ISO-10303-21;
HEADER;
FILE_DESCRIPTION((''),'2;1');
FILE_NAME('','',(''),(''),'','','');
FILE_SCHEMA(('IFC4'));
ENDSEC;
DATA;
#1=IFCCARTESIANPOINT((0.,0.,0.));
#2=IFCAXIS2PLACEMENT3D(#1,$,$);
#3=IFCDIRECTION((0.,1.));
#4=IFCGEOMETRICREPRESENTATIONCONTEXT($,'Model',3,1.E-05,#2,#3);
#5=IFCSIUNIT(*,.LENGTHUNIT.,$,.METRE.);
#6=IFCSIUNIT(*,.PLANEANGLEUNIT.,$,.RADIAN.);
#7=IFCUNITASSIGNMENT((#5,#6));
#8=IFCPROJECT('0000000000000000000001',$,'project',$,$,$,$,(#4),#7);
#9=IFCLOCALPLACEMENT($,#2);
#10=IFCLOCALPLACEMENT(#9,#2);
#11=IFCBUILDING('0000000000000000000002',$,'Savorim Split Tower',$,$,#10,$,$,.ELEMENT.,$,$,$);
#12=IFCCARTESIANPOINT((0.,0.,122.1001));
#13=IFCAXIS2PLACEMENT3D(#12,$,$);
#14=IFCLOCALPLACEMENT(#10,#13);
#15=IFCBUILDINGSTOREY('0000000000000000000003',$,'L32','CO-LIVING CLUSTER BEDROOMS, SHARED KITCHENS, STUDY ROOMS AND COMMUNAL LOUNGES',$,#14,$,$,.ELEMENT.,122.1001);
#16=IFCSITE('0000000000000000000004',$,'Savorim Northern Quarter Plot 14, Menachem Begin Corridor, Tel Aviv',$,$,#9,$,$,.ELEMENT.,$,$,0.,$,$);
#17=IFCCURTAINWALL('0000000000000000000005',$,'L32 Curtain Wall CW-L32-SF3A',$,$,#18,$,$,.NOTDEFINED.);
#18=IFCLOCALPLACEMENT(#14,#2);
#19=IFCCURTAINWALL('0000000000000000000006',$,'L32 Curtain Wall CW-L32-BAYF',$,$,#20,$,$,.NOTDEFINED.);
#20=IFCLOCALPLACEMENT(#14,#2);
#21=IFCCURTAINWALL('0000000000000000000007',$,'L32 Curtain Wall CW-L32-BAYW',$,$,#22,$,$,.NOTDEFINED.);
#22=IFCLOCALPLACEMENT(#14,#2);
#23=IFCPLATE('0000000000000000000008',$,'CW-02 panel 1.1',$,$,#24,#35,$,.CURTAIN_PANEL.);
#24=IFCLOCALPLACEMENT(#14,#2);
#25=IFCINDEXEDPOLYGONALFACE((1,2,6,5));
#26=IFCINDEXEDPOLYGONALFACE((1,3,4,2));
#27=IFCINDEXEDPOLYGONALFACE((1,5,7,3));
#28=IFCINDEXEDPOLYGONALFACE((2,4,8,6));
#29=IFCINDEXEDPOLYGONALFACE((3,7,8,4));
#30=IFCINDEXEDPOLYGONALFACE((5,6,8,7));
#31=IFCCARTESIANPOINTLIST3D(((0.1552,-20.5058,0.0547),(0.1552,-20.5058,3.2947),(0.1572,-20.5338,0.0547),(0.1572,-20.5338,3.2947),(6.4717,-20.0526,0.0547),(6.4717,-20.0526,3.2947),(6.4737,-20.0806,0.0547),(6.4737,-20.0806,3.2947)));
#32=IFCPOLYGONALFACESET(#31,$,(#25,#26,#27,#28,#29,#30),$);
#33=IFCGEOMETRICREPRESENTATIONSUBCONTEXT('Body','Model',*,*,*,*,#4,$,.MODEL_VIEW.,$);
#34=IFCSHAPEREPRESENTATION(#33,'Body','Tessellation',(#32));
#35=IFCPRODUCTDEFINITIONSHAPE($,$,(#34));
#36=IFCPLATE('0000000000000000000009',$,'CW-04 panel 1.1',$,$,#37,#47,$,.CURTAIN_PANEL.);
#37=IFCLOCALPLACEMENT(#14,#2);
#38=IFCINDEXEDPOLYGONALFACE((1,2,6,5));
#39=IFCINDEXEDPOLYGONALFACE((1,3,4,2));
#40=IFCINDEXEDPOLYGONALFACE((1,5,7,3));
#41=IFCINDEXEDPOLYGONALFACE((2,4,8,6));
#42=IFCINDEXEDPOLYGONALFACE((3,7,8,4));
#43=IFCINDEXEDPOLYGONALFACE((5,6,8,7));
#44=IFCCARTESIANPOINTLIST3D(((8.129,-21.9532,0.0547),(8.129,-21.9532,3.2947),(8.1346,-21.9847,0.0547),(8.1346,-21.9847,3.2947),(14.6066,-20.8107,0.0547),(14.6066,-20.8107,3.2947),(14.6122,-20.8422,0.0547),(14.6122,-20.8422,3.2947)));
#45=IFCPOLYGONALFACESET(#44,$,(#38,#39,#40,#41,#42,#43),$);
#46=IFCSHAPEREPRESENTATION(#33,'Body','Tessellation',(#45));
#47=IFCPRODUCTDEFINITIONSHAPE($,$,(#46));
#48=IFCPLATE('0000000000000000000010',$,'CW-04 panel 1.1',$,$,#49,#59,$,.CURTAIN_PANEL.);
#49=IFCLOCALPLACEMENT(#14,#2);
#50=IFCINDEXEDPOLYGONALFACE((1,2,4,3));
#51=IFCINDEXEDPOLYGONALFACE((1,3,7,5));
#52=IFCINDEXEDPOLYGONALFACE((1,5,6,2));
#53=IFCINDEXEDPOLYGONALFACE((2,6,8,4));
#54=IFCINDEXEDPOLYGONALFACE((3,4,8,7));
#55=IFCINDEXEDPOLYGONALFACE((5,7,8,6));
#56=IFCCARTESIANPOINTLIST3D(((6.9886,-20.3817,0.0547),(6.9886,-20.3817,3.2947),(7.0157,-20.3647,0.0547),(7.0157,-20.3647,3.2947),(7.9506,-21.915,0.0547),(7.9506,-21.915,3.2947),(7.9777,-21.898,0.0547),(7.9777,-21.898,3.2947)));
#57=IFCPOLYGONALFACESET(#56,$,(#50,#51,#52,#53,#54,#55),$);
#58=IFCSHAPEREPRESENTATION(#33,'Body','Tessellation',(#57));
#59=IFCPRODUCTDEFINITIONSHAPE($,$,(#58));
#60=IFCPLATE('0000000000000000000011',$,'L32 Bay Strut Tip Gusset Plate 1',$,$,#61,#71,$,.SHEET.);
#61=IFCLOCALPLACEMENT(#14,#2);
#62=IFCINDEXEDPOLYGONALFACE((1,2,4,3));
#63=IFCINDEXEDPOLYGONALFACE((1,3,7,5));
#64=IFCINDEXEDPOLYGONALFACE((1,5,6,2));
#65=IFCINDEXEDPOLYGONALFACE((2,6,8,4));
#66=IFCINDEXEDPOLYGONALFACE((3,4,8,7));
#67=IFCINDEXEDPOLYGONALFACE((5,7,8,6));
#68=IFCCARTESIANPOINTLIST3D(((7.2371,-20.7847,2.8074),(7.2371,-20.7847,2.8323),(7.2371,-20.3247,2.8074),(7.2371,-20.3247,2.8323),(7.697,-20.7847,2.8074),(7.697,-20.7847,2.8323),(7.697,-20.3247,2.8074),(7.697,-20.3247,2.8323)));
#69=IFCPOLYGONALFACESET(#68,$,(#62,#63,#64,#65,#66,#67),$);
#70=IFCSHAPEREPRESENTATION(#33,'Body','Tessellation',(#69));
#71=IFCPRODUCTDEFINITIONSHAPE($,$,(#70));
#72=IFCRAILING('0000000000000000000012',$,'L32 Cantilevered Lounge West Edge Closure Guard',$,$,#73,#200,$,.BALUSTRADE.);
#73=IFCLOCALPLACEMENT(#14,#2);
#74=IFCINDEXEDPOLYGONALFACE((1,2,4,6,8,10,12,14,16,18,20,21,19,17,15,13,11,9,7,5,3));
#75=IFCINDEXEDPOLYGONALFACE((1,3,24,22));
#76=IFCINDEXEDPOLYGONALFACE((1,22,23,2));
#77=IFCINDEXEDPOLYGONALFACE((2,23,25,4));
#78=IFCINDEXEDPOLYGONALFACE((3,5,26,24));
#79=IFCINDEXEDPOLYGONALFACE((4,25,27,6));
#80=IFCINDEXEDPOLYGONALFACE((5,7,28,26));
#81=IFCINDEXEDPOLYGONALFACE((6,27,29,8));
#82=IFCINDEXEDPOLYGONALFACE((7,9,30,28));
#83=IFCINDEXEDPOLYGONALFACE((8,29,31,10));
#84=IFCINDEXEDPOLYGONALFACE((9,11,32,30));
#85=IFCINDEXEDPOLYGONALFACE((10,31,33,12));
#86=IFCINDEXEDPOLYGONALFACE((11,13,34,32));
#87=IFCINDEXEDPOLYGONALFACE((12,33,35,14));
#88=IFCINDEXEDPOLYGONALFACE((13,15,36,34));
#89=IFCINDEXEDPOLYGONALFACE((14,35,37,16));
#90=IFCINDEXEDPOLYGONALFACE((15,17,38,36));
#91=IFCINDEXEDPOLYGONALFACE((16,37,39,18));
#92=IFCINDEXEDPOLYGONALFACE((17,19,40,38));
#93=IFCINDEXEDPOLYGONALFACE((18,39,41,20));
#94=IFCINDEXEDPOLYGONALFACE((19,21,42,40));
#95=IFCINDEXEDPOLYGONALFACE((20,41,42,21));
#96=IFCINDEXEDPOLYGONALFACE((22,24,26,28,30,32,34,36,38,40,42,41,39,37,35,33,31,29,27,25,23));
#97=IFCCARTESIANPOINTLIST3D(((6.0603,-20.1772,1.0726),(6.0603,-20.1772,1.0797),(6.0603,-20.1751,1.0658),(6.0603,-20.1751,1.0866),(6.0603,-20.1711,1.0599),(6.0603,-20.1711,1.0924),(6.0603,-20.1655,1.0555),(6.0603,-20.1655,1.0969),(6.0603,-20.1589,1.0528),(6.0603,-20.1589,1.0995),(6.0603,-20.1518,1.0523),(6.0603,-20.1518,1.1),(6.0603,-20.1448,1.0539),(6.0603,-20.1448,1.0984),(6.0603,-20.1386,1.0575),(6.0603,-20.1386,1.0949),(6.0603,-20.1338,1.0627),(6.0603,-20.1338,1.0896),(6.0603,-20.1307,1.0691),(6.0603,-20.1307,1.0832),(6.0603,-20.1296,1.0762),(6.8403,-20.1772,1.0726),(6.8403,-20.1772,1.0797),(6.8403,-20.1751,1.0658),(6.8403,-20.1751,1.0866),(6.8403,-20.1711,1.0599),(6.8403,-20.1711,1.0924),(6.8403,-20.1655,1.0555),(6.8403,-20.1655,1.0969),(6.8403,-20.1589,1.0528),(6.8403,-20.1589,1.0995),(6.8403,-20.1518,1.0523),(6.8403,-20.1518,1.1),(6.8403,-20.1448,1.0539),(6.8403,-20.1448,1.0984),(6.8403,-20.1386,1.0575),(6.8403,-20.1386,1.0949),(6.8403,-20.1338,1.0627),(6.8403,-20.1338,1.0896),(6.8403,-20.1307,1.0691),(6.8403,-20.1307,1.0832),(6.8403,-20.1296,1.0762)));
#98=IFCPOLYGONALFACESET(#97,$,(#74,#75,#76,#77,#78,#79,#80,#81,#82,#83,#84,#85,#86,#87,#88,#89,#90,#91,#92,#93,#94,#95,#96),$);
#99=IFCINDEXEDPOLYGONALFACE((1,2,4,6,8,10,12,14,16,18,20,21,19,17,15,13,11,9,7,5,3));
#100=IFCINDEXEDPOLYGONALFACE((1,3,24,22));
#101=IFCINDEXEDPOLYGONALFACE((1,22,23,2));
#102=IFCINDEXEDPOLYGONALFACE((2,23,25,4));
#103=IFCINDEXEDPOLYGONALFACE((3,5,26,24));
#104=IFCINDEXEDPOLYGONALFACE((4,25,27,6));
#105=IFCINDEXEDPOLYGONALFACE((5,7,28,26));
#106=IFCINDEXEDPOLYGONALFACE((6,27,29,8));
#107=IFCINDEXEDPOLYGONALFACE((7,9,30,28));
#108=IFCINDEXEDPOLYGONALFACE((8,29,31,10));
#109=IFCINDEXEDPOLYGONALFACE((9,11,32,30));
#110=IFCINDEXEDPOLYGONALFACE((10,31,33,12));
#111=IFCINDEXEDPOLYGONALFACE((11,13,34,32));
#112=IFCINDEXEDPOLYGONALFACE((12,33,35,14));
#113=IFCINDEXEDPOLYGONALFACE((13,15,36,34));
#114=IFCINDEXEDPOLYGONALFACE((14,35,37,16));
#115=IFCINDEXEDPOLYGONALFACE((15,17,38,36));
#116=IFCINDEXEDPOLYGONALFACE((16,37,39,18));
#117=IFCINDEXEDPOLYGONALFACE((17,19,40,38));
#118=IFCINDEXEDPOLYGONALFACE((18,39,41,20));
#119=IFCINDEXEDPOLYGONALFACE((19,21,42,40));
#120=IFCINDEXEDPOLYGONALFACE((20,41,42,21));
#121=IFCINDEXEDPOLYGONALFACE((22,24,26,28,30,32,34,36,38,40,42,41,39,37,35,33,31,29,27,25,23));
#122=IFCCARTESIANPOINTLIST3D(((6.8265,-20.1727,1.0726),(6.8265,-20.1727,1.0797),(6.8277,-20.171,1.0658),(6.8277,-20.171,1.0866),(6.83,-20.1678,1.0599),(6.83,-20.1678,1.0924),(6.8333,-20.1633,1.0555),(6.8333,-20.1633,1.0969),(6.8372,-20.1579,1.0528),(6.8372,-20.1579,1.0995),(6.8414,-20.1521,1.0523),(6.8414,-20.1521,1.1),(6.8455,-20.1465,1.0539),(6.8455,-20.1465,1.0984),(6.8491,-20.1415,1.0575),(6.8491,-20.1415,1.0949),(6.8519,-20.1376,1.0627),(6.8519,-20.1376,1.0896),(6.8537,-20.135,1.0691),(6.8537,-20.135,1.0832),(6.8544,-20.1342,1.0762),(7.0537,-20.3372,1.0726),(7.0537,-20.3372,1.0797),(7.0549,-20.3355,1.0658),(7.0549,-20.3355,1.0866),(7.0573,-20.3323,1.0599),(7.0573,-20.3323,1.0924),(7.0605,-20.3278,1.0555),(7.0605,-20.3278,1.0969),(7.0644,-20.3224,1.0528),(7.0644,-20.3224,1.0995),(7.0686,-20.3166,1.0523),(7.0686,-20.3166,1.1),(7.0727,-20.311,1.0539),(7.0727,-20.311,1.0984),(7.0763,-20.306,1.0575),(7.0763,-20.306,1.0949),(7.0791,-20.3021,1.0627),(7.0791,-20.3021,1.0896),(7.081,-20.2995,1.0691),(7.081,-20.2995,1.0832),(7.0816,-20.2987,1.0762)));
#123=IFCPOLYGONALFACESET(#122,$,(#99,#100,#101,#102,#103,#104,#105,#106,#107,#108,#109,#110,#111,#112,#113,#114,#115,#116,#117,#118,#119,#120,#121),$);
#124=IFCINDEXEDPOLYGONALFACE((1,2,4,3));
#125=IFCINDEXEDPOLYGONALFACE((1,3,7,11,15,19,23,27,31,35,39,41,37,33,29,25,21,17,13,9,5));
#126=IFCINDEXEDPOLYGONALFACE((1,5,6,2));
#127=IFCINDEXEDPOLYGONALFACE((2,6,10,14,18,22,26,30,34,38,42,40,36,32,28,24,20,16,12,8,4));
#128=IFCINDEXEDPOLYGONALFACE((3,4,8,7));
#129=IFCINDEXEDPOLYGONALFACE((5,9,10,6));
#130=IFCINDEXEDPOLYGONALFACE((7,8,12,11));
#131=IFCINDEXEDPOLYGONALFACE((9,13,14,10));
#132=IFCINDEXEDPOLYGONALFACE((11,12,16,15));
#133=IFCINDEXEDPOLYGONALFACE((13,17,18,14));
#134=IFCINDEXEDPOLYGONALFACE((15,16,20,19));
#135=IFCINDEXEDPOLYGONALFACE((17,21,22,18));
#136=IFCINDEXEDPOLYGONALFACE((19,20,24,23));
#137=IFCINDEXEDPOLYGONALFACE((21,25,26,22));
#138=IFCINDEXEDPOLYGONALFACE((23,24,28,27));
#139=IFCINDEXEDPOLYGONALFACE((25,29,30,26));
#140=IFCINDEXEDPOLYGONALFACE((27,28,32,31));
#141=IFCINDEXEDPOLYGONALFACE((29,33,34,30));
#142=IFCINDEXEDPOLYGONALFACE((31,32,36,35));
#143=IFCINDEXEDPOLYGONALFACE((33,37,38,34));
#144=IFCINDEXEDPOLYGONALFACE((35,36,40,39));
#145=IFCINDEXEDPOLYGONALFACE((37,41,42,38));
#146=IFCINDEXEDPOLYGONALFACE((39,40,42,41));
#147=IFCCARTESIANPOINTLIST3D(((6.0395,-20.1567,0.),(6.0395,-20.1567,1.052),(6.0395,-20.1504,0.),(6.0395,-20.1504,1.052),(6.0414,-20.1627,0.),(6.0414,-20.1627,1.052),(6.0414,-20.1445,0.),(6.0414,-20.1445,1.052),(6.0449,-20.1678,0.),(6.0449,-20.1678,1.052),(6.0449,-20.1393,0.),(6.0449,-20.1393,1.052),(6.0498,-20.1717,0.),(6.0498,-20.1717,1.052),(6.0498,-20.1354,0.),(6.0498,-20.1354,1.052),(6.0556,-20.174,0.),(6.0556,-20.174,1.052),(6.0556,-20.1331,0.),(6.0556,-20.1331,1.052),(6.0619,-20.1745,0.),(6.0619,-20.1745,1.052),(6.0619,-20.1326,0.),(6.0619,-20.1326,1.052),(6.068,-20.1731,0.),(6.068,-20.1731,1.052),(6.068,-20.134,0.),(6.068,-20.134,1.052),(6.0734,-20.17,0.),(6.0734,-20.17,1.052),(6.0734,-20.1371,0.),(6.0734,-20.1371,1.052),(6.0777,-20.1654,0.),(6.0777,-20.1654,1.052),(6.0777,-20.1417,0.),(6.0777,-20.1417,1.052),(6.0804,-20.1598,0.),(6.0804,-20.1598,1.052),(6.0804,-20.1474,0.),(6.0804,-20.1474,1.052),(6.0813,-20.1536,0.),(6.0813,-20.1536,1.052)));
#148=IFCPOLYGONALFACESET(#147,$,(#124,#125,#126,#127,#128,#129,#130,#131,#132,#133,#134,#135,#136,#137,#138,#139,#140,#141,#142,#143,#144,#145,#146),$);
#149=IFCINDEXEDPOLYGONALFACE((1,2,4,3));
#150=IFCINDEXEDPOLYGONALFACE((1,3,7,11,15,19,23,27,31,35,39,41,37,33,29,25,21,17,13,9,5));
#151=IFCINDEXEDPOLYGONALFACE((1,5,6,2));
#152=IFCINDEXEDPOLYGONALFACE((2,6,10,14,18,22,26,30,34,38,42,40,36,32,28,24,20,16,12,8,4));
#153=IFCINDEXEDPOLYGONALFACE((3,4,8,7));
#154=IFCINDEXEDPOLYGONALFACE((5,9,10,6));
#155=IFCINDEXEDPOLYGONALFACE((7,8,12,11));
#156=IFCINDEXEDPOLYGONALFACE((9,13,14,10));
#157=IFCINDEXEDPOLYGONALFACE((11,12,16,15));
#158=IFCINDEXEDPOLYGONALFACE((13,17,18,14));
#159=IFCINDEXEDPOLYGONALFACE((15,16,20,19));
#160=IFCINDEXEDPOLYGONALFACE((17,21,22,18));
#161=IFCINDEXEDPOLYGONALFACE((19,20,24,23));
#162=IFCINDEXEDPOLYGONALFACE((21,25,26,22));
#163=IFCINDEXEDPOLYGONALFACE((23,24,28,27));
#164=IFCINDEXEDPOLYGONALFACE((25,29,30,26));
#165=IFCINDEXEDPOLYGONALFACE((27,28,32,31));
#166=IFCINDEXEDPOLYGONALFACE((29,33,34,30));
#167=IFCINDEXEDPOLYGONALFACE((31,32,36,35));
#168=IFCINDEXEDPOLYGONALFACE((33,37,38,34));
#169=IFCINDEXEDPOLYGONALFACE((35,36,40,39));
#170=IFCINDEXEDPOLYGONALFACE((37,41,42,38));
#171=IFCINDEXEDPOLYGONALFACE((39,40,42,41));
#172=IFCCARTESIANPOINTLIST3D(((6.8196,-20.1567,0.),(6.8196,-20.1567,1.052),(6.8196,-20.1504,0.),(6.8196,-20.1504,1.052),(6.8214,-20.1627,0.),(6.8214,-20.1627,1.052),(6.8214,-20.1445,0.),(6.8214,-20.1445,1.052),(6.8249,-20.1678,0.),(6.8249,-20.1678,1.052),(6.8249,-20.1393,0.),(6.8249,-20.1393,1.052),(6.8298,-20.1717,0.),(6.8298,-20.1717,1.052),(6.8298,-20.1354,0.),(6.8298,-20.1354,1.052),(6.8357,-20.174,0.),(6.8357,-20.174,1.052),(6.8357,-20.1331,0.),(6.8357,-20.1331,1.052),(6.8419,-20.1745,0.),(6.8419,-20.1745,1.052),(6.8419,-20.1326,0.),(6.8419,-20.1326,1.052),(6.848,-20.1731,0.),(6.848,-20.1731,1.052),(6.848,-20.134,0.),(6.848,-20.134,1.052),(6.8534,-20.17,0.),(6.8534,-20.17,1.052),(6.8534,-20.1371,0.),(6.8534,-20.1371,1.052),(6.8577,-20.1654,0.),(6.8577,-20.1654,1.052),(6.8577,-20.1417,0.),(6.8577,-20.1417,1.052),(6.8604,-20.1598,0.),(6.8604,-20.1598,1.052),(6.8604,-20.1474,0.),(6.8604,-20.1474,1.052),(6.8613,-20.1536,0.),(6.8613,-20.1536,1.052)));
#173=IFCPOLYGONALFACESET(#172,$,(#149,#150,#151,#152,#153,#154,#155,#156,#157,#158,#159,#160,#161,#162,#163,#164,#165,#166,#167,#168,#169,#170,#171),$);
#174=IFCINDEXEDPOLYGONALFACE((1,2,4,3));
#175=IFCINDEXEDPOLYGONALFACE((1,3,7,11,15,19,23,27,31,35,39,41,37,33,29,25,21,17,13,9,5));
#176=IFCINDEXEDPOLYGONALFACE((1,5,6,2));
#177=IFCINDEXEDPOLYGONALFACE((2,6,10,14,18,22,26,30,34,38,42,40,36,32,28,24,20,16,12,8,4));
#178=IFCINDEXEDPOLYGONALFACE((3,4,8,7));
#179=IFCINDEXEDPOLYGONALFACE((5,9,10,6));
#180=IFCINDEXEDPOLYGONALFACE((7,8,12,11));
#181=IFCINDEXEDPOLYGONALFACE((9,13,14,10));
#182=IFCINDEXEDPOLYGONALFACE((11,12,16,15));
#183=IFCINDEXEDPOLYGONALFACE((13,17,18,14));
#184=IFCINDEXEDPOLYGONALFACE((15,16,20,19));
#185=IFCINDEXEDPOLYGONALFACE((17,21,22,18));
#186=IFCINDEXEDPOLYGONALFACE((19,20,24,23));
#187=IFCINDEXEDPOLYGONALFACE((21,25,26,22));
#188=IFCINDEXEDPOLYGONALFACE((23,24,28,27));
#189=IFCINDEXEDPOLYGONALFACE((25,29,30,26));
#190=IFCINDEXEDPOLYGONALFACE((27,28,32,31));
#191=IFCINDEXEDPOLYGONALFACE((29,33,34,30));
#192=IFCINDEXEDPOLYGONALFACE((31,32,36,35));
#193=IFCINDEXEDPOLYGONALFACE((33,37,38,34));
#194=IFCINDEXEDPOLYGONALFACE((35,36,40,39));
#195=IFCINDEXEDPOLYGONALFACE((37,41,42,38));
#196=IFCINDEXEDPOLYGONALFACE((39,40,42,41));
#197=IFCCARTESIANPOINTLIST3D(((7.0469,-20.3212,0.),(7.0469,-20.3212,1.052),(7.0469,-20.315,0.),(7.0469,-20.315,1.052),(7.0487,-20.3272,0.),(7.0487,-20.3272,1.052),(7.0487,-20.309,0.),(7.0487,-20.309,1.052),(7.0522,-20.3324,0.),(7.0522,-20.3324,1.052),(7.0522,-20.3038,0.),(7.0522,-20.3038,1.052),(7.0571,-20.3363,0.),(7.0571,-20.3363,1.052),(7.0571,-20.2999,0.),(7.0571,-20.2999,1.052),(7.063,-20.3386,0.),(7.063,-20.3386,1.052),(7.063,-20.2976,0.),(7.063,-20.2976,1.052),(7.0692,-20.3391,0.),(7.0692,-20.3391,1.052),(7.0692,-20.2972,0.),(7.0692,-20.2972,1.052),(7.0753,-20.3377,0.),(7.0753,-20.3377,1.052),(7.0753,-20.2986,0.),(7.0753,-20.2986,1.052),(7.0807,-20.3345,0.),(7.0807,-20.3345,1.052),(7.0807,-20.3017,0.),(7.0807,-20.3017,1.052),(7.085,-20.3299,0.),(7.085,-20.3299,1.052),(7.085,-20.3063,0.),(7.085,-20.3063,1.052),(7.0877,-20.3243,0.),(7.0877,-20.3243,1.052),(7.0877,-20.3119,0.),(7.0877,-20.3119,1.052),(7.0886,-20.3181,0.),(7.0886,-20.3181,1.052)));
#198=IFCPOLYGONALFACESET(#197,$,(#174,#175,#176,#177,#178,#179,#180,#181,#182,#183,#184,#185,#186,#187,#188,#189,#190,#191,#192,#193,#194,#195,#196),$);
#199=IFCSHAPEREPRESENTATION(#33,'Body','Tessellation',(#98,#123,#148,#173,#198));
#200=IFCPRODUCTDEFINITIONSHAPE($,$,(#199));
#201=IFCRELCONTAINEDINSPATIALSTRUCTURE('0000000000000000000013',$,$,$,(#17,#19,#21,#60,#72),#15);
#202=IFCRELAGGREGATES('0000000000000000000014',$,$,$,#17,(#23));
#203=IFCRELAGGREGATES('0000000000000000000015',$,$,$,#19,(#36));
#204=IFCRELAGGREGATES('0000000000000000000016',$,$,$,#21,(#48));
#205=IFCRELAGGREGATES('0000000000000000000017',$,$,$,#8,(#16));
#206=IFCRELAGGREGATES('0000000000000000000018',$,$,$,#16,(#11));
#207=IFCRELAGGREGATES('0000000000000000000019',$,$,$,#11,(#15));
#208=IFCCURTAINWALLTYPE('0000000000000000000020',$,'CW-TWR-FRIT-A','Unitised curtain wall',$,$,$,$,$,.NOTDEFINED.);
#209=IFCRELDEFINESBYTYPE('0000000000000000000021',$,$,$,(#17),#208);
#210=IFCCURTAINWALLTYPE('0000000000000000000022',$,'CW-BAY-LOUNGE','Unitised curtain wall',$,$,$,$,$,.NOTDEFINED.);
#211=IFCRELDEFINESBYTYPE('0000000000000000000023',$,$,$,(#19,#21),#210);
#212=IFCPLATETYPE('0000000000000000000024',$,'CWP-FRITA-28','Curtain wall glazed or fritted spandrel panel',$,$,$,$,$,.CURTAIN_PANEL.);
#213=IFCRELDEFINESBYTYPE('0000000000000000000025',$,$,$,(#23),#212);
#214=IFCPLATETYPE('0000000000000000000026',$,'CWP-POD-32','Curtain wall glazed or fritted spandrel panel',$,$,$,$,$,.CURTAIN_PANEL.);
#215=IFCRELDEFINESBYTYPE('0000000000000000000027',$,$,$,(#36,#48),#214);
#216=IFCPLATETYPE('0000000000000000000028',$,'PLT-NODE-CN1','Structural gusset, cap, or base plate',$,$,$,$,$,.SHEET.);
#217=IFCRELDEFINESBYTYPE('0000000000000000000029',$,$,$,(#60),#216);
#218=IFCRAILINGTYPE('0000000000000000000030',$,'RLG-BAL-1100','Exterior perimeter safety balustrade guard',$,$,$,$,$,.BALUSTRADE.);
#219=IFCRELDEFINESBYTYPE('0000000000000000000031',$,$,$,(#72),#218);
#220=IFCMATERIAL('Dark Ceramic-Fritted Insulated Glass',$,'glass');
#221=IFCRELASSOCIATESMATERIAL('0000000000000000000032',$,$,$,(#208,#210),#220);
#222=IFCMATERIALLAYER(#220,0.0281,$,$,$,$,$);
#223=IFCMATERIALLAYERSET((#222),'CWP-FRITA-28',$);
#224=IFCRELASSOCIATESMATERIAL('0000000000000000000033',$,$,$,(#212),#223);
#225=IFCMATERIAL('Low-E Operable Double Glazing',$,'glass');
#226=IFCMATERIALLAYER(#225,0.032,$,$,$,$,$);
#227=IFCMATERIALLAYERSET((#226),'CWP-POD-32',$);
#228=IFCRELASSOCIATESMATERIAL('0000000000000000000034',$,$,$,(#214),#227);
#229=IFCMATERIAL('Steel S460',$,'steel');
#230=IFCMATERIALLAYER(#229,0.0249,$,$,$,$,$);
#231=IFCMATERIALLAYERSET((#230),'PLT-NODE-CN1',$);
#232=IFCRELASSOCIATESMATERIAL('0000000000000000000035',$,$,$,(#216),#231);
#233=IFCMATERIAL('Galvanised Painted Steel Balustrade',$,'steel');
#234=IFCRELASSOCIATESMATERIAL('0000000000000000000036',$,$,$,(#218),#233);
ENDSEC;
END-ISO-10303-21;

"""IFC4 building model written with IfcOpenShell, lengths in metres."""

from ifc_helpers import new_model, si_unit, direction, frame, origin, origin_2d, place, context, subcontext, project, spatial, rectangle, circle, extrude, material, layer, layer_set, type_object, element, aggregate, save


model = new_model("IFC4")

# Units and contexts
model_context = context("Model", 3, precision=1e-05, world=origin(), true_north=direction((0.0, 1.0)))
body_context = subcontext(model_context, "Body", "Model", "MODEL_VIEW")
ifc_project = project(units=[si_unit("LENGTHUNIT", "METRE"), si_unit("PLANEANGLEUNIT", "RADIAN")], contexts=[model_context])

# Site, building, storey
site_placement = place(None, origin())
site = spatial("IfcSite", under=ifc_project, at=site_placement, Name="Savorim Northern Quarter Plot 14, Menachem Begin Corridor, Tel Aviv", CompositionType="ELEMENT", RefElevation=0.0)
building_placement = place(site_placement, origin())
building = spatial("IfcBuilding", under=site, at=building_placement, Name="Savorim Split Tower", CompositionType="ELEMENT")
storey_placement = place(building_placement, frame((0.0, 0.0, 122.1001)))
storey = spatial("IfcBuildingStorey", under=building, at=storey_placement, Name="L32", Description="CO-LIVING CLUSTER BEDROOMS, SHARED KITCHENS, STUDY ROOMS AND COMMUNAL LOUNGES", CompositionType="ELEMENT", Elevation=122.1001)

# Curtain wall
ifc_material_1 = material(Name="Dark Ceramic-Fritted Insulated Glass", Category="glass")
curtain_wall_type_1 = type_object("IfcCurtainWallType", Name="CW-TWR-FRIT-A", Description="Unitised curtain wall", PredefinedType="NOTDEFINED", material=ifc_material_1)
curtain_wall_1_placement = place(storey_placement, origin())
curtain_wall_1 = element("IfcCurtainWall", 1, at=curtain_wall_1_placement, inside=storey, type_object=curtain_wall_type_1, Name="L32 Curtain Wall CW-L32-SF3A", PredefinedType="NOTDEFINED")

# Curtain wall
curtain_wall_type_2 = type_object("IfcCurtainWallType", Name="CW-BAY-LOUNGE", Description="Unitised curtain wall", PredefinedType="NOTDEFINED", material=ifc_material_1)
curtain_wall_2_placement = place(storey_placement, origin())
curtain_wall_2 = element("IfcCurtainWall", 2, at=curtain_wall_2_placement, inside=storey, type_object=curtain_wall_type_2, Name="L32 Curtain Wall CW-L32-BAYF", PredefinedType="NOTDEFINED")

# Curtain wall
curtain_wall_3_placement = place(storey_placement, origin())
curtain_wall_3 = element("IfcCurtainWall", 3, at=curtain_wall_3_placement, inside=storey, type_object=curtain_wall_type_2, Name="L32 Curtain Wall CW-L32-BAYW", PredefinedType="NOTDEFINED")

# Plates
ifc_layer_1 = layer(ifc_material_1, 0.0281)
ifc_layer_set_1 = layer_set([ifc_layer_1], Name="CWP-FRITA-28")
plate_type_1 = type_object("IfcPlateType", Name="CWP-FRITA-28", Description="Curtain wall glazed or fritted spandrel panel", PredefinedType="CURTAIN_PANEL", material=ifc_layer_set_1)
plate_1_placement = place(storey_placement, frame((3.3145, -20.2932, 0.0547), z_axis=(0.0, 0.0, 1.0), x_axis=(0.997436, 0.071563, 0.0)))
plate_1 = element("IfcPlate", 4, at=plate_1_placement, type_object=plate_type_1, Name="CW-02 panel 1.1", PredefinedType="CURTAIN_PANEL", context=body_context, shape_type="SweptSolid", body=[
    extrude(rectangle(XDim=6.3328, YDim=0.0281, at=origin_2d()), origin(), (0.0, 0.0, 1.0), 3.24),
])
aggregate(curtain_wall_1, [plate_1])
ifc_material_2 = material(Name="Low-E Operable Double Glazing", Category="glass")
ifc_layer_2 = layer(ifc_material_2, 0.032)
ifc_layer_set_2 = layer_set([ifc_layer_2], Name="CWP-POD-32")
plate_type_2 = type_object("IfcPlateType", Name="CWP-POD-32", Description="Curtain wall glazed or fritted spandrel panel", PredefinedType="CURTAIN_PANEL", material=ifc_layer_set_2)
plate_2_placement = place(storey_placement, frame((11.3706, -21.3977, 0.0547), z_axis=(0.0, 0.0, 1.0), x_axis=(0.984798, 0.173703, 0.0)))
plate_2 = element("IfcPlate", 5, at=plate_2_placement, type_object=plate_type_2, Name="CW-04 panel 1.1", PredefinedType="CURTAIN_PANEL", context=body_context, shape_type="SweptSolid", body=[
    extrude(rectangle(XDim=6.5776, YDim=0.032, at=origin_2d()), origin(), (0.0, 0.0, 1.0), 3.24),
])
aggregate(curtain_wall_2, [plate_2])
plate_3_placement = place(storey_placement, frame((7.4832, -21.1399, 0.0547), z_axis=(0.0, 0.0, 1.0), x_axis=(0.531435, -0.847099, 0.0)))
plate_3 = element("IfcPlate", 6, at=plate_3_placement, type_object=plate_type_2, Name="CW-04 panel 1.1", PredefinedType="CURTAIN_PANEL", context=body_context, shape_type="SweptSolid", body=[
    extrude(rectangle(XDim=1.8101, YDim=0.032, at=origin_2d()), origin(), (0.0, 0.0, 1.0), 3.24),
])
aggregate(curtain_wall_3, [plate_3])
ifc_material_3 = material(Name="Steel S460", Category="steel")
ifc_layer_3 = layer(ifc_material_3, 0.0249)
ifc_layer_set_3 = layer_set([ifc_layer_3], Name="PLT-NODE-CN1")
plate_type_3 = type_object("IfcPlateType", Name="PLT-NODE-CN1", Description="Structural gusset, cap, or base plate", PredefinedType="SHEET", material=ifc_layer_set_3)
plate_4_placement = place(storey_placement, frame((7.467, -20.5547, 2.8074), z_axis=(0.0, 0.0, 1.0), x_axis=(1.0, 0.0, 0.0)))
element("IfcPlate", 7, at=plate_4_placement, inside=storey, type_object=plate_type_3, Name="L32 Bay Strut Tip Gusset Plate 1", PredefinedType="SHEET", context=body_context, shape_type="SweptSolid", body=[
    extrude(rectangle(XDim=0.46, YDim=0.46, at=origin_2d()), origin(), (0.0, 0.0, 1.0), 0.0249),
])

# Railing
ifc_material_4 = material(Name="Galvanised Painted Steel Balustrade", Category="steel")
railing_type = type_object("IfcRailingType", Name="RLG-BAL-1100", Description="Exterior perimeter safety balustrade guard", PredefinedType="BALUSTRADE", material=ifc_material_4)
railing_placement = place(storey_placement, frame((6.0603, -20.1536, 0.0)))
element("IfcRailing", 8, at=railing_placement, inside=storey, type_object=railing_type, Name="L32 Cantilevered Lounge West Edge Closure Guard", PredefinedType="BALUSTRADE", context=body_context, shape_type="SweptSolid", body=[
    extrude(circle(Radius=0.0239, at=origin_2d()), frame((0.0, 0.0, 1.0762), z_axis=(1.0, 0.0, 0.0), x_axis=(0.0, 1.0, 0.0)), (0.0, 0.0, 1.0), 0.78),
    extrude(circle(Radius=0.0239, at=origin_2d()), frame((0.78, 0.0, 1.0762), z_axis=(0.810013, -0.586411, 0.0), x_axis=(0.586411, 0.810013, 0.0)), (0.0, 0.0, 1.0), 0.2805),
    extrude(circle(Radius=0.021, at=origin_2d()), origin(), (0.0, 0.0, 1.0), 1.052),
    extrude(circle(Radius=0.021, at=origin_2d()), frame((0.78, 0.0, 0.0)), (0.0, 0.0, 1.0), 1.052),
    extrude(circle(Radius=0.021, at=origin_2d()), frame((1.0073, -0.1646, 0.0)), (0.0, 0.0, 1.0), 1.052),
])

save(model, "model.ifc")
